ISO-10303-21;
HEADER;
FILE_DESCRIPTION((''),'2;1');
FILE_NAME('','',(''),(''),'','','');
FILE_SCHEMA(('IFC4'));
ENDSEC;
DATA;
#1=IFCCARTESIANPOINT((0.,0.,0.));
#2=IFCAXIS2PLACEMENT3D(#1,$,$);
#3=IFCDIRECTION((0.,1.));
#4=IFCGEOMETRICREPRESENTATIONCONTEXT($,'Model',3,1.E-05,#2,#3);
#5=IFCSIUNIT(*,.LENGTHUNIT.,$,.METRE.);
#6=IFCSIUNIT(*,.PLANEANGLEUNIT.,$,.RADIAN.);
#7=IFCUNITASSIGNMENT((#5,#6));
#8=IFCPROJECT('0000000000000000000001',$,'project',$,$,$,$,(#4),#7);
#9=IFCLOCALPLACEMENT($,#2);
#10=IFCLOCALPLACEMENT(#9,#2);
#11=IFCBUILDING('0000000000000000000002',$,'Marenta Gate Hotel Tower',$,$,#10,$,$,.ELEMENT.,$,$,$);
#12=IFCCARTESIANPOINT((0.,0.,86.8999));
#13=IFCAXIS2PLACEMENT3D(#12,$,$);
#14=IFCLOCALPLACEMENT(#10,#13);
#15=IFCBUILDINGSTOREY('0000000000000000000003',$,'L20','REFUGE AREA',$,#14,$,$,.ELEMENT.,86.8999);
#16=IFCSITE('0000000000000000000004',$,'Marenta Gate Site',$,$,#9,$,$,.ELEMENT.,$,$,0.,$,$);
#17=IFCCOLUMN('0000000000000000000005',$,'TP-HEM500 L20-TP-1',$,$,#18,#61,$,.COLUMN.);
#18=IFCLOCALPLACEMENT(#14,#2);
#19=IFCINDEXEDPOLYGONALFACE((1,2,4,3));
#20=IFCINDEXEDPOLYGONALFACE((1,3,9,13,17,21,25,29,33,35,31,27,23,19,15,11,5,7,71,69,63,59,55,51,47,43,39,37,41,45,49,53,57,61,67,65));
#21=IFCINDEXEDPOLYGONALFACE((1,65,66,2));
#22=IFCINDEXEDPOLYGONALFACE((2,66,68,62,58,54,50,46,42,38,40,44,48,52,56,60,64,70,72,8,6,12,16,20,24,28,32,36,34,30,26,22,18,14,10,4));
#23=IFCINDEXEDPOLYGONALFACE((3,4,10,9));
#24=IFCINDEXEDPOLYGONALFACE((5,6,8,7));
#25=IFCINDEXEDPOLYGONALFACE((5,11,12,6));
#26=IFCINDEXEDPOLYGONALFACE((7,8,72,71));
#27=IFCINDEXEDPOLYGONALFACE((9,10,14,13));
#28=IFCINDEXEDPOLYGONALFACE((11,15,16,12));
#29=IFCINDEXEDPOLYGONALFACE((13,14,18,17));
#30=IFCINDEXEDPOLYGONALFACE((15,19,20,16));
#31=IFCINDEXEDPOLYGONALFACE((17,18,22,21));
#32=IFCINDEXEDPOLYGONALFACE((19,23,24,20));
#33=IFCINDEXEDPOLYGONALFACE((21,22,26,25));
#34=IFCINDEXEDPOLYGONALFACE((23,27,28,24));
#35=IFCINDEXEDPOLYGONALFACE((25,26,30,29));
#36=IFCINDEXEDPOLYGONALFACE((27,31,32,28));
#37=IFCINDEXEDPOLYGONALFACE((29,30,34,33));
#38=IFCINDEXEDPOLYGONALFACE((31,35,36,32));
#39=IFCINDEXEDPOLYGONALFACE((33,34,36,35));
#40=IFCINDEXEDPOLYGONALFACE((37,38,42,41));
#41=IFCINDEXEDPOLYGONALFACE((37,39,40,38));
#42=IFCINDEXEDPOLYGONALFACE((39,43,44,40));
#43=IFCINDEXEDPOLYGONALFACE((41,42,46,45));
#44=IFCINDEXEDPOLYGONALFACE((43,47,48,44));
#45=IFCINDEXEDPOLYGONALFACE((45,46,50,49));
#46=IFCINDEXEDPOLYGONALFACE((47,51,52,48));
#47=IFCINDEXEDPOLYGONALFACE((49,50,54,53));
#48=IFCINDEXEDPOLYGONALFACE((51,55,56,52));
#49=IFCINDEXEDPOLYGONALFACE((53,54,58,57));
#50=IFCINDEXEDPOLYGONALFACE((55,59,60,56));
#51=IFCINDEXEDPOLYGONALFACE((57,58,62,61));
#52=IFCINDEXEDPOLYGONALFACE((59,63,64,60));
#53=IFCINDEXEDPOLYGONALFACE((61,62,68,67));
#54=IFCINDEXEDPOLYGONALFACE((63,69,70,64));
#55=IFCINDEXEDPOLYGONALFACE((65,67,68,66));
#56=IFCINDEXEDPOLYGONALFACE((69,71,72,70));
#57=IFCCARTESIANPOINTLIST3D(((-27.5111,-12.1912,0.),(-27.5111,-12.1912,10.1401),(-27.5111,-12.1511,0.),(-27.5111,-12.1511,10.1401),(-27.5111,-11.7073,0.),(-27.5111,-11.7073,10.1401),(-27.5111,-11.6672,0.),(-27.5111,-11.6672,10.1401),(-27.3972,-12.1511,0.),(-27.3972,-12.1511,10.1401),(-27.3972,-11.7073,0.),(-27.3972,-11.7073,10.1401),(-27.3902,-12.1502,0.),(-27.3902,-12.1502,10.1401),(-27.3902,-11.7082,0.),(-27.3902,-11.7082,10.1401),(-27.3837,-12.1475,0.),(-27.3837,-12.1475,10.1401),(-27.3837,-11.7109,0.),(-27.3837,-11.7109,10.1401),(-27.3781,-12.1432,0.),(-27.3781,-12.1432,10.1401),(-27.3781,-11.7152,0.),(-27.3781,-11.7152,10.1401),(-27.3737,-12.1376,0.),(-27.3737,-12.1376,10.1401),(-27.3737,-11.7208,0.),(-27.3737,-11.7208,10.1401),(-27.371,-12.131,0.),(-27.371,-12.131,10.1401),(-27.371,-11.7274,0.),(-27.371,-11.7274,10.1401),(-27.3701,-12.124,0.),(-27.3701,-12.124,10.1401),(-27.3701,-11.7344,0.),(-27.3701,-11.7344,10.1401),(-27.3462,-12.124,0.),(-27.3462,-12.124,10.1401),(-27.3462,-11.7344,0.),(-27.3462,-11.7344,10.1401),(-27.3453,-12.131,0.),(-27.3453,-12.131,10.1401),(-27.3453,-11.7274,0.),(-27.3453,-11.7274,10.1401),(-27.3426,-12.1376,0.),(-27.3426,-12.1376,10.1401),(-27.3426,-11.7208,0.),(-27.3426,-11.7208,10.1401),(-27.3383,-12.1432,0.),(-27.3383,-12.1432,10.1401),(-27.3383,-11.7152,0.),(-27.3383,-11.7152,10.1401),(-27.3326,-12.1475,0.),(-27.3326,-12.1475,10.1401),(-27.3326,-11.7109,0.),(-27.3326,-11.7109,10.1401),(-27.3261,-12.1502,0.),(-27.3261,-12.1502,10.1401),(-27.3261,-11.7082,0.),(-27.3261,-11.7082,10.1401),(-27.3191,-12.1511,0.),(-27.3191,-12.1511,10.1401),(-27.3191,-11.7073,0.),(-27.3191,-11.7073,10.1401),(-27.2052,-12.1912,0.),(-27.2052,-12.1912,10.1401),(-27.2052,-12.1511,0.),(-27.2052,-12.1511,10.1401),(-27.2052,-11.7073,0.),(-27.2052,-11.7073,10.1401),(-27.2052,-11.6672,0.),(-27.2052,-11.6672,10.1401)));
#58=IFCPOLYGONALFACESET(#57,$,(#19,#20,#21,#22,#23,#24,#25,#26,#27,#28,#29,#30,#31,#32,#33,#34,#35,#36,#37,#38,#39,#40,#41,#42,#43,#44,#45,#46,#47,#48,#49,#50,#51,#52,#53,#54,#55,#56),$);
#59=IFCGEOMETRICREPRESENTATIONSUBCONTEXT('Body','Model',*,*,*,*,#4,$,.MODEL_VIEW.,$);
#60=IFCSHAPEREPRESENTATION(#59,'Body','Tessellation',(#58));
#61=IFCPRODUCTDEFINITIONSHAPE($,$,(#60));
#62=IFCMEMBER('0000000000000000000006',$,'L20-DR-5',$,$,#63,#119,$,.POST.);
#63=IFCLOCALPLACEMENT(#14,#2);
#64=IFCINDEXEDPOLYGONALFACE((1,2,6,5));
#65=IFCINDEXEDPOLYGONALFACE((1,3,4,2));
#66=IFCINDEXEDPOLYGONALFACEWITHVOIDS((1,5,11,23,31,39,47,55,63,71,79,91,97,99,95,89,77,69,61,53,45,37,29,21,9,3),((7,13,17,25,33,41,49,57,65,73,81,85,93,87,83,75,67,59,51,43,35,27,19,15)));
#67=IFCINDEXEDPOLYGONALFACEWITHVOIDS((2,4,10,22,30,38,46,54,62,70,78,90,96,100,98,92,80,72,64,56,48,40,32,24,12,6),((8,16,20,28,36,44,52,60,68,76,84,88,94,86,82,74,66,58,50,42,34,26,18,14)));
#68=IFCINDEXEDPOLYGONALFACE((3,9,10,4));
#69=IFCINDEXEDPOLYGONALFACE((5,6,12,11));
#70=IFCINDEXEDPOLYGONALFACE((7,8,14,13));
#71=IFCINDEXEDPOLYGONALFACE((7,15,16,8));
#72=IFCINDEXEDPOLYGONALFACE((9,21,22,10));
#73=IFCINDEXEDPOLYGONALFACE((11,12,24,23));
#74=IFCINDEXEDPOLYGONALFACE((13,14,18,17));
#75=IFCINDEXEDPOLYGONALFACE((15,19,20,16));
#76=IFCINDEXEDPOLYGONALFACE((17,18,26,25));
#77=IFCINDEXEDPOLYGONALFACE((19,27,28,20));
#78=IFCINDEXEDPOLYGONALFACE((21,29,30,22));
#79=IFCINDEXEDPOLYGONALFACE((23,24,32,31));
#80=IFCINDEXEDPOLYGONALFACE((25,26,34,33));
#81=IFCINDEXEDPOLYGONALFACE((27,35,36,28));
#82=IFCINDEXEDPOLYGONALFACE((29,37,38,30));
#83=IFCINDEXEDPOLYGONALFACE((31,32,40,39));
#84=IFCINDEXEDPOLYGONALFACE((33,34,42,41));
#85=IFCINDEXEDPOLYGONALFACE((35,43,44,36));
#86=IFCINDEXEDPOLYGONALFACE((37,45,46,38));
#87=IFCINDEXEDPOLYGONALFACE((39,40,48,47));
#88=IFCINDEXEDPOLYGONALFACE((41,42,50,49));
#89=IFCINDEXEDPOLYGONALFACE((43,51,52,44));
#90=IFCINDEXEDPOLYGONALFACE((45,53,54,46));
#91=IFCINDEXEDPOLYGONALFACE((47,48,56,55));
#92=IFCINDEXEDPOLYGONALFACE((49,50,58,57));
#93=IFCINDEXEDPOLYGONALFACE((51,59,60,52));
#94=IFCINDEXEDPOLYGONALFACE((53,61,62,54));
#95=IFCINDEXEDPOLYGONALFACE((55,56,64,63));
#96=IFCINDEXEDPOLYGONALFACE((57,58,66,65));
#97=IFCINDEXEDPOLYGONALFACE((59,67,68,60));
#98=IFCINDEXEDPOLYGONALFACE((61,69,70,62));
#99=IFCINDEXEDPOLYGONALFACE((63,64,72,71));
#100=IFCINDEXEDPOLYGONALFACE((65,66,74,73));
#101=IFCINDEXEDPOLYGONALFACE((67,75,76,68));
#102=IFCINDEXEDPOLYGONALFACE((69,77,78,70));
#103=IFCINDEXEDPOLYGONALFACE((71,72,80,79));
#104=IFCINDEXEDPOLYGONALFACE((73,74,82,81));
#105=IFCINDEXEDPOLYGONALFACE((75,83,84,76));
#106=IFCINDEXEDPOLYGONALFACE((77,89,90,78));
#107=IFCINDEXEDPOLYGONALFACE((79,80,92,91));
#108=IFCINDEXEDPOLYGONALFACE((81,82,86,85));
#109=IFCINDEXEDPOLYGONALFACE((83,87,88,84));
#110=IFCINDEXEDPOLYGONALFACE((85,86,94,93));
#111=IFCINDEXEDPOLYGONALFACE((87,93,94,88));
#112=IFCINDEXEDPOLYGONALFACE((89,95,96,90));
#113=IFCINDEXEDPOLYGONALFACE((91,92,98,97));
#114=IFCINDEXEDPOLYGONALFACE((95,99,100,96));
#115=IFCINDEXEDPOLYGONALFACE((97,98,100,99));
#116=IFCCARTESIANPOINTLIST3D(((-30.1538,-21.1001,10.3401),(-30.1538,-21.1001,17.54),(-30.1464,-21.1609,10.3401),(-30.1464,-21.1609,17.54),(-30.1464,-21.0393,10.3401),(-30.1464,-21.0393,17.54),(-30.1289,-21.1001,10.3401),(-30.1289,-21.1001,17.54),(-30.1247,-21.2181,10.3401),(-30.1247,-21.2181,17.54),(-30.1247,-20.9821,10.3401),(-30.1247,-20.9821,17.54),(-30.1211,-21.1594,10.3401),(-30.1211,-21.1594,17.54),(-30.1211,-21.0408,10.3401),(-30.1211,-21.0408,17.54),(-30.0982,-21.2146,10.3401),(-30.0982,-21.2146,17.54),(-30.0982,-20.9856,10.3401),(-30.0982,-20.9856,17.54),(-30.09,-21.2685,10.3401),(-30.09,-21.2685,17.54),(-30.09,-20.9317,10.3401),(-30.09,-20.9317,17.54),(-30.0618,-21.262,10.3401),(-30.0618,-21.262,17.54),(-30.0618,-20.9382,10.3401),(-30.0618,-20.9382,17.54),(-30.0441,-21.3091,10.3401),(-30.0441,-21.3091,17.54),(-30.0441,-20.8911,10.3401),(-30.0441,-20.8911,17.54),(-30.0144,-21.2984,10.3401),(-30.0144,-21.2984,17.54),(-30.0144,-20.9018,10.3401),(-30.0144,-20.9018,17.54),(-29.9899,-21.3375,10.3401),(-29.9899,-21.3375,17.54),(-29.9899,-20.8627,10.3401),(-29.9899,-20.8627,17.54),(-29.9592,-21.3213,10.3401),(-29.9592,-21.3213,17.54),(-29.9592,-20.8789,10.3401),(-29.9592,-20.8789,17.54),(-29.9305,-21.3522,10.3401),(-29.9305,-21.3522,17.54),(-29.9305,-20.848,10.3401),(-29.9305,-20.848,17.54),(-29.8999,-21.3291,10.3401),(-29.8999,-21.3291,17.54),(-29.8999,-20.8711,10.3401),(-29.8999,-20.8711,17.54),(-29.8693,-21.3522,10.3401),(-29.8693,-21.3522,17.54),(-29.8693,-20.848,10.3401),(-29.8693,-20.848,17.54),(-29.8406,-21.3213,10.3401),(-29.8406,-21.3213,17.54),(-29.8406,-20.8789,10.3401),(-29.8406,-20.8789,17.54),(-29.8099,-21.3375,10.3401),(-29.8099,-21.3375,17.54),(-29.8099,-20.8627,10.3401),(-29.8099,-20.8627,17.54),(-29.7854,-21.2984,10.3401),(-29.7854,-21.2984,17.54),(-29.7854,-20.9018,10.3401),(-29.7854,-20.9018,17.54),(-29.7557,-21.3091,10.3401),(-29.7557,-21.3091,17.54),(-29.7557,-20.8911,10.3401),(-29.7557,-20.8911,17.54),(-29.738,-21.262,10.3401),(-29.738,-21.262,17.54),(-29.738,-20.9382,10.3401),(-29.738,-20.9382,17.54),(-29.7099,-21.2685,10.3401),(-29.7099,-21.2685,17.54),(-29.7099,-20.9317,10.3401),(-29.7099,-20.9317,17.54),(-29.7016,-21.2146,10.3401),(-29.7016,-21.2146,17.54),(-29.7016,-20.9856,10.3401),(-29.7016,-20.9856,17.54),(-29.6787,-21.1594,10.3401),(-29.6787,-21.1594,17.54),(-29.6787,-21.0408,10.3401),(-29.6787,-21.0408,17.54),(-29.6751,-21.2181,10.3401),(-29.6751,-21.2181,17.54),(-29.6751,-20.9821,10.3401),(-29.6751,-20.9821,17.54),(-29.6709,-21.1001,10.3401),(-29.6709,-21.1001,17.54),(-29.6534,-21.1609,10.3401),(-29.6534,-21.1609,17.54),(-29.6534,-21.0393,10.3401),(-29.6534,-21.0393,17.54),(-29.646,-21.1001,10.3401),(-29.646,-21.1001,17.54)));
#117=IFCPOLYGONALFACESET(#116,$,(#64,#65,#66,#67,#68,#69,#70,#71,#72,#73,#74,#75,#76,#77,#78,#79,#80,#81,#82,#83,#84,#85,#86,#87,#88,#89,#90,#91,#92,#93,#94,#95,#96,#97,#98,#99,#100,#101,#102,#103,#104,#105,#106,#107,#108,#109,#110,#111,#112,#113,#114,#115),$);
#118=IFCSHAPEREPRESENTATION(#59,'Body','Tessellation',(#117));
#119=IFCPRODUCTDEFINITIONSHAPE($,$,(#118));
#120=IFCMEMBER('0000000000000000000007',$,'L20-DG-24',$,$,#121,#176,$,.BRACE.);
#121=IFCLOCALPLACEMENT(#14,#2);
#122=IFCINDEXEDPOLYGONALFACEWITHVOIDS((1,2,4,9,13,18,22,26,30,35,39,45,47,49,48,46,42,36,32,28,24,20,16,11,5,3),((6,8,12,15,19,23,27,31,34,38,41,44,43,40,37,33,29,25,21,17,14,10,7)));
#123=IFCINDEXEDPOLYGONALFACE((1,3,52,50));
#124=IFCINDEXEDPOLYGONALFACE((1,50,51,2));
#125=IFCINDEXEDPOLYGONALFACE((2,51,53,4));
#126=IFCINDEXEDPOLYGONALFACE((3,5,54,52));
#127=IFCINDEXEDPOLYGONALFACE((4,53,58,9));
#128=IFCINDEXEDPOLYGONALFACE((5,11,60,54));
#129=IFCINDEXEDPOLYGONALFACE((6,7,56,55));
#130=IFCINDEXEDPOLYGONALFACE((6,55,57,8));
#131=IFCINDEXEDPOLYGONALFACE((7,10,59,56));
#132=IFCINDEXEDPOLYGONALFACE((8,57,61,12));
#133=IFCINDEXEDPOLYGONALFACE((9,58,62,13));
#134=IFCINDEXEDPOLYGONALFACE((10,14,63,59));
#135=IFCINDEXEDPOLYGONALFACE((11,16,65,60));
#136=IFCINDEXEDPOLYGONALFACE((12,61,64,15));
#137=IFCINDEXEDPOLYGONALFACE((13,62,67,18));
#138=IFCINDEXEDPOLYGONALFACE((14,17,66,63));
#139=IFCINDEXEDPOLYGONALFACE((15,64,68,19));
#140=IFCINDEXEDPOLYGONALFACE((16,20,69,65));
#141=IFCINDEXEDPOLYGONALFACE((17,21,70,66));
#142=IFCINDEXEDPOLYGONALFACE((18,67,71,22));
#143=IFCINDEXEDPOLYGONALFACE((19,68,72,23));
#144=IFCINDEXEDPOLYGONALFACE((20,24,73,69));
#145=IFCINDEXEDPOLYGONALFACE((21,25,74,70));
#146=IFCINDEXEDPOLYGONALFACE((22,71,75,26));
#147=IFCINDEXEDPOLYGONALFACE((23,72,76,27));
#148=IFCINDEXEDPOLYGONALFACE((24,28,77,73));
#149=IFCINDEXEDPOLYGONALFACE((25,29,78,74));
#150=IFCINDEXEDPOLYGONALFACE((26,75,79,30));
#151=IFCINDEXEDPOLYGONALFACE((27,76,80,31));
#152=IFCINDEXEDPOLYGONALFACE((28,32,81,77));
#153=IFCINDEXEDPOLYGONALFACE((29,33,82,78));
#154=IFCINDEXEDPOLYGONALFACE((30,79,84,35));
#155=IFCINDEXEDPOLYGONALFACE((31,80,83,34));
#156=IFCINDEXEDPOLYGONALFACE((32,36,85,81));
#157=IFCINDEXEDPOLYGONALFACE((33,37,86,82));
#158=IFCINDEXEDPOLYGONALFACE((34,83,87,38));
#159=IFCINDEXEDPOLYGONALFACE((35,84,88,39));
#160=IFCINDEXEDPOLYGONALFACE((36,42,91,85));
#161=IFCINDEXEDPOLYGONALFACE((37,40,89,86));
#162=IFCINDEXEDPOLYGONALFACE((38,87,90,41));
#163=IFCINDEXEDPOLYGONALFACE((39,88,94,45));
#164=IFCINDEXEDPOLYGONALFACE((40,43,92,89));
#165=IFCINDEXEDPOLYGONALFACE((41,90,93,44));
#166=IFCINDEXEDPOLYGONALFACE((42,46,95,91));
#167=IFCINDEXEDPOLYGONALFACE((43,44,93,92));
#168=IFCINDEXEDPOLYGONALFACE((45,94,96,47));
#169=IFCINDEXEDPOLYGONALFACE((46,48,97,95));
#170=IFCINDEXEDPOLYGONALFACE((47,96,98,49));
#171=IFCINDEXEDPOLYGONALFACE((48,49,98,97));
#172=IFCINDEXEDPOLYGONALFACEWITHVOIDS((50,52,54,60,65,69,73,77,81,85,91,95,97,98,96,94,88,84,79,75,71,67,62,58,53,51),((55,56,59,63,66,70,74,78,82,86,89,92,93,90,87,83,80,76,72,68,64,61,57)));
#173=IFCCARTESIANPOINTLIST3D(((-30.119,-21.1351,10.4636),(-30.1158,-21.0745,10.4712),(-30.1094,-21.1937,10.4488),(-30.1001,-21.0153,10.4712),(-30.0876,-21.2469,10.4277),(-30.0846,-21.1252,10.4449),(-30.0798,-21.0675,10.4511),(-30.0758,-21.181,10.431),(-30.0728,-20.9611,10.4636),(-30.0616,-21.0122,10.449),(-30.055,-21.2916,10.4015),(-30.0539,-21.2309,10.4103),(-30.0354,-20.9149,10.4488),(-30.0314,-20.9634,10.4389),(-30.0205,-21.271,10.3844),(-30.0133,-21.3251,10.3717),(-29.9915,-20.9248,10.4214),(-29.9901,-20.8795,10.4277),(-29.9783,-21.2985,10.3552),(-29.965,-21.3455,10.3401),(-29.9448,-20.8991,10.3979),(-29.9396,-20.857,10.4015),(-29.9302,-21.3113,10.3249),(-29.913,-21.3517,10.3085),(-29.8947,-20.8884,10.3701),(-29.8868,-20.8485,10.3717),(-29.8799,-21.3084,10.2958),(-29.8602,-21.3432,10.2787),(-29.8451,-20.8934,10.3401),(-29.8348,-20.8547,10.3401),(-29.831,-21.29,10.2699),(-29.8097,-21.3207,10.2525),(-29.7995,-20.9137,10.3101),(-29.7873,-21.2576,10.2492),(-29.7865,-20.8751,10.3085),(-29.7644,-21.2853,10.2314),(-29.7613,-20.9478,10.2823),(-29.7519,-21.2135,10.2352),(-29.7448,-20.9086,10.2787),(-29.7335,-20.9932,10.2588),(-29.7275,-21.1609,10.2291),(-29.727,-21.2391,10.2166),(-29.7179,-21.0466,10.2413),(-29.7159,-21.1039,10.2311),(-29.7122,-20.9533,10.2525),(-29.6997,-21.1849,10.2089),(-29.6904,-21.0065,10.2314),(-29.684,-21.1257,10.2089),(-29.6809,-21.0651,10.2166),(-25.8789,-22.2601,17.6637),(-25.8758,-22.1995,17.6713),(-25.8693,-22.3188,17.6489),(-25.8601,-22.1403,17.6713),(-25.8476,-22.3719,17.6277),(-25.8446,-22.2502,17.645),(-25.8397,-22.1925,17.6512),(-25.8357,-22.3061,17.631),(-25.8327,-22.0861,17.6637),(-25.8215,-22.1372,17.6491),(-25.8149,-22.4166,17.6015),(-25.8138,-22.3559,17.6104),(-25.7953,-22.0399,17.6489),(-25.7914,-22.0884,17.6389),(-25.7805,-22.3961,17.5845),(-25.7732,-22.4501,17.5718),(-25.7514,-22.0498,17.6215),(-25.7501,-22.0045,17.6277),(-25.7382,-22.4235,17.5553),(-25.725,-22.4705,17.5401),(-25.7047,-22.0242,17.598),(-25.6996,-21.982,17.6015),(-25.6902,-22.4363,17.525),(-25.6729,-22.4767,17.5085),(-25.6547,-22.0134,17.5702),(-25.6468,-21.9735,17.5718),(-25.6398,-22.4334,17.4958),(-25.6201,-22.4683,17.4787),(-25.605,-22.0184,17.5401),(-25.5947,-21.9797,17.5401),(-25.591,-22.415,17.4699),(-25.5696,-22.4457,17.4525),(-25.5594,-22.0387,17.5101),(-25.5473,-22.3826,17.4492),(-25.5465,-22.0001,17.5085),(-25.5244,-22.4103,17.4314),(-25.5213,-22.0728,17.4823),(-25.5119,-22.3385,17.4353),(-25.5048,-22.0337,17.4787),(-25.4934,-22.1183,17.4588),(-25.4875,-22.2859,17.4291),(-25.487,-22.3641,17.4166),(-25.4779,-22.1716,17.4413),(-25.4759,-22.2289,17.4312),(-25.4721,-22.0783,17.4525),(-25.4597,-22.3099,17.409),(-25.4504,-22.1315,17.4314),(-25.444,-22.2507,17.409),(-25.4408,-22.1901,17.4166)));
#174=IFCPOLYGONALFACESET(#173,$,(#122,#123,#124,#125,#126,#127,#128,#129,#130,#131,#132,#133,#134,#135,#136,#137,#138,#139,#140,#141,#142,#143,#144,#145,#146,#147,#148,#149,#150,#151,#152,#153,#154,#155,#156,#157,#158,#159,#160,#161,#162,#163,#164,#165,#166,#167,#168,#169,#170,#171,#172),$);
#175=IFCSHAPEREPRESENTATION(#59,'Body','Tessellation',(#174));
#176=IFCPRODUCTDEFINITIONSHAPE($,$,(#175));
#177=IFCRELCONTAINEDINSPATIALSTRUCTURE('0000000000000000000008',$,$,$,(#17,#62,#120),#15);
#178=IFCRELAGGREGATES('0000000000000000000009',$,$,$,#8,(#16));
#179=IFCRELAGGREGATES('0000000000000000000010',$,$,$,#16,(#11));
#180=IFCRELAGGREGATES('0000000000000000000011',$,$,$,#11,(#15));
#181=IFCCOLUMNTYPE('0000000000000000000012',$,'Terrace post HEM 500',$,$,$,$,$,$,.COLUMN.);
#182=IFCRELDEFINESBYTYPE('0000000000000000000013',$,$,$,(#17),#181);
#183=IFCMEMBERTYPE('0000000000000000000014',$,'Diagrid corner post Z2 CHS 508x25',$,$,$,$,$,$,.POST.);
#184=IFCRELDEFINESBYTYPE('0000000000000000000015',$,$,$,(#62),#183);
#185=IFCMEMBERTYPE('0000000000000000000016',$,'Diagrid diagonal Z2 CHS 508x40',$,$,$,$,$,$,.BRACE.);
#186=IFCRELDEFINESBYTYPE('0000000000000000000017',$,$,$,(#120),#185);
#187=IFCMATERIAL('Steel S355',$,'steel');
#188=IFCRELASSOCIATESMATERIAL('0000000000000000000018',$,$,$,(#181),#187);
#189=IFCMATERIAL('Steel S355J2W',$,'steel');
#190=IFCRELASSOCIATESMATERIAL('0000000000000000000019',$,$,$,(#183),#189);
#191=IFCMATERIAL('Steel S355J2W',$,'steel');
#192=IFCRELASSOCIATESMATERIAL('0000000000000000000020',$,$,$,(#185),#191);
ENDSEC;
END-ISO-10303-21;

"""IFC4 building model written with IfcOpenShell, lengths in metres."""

from ifc_helpers import new_model, si_unit, direction, frame, origin, origin_2d, place, context, subcontext, project, spatial, hollow_circle, i_section, extrude, material, material_profile, profile_set, type_object, element, save


model = new_model("IFC4")

# Units and contexts
model_context = context("Model", 3, precision=1e-05, world=origin(), true_north=direction((0.0, 1.0)))
body_context = subcontext(model_context, "Body", "Model", "MODEL_VIEW")
ifc_project = project(units=[si_unit("LENGTHUNIT", "METRE"), si_unit("PLANEANGLEUNIT", "RADIAN")], contexts=[model_context])

# Site, building, storey
site_placement = place(None, origin())
site = spatial("IfcSite", under=ifc_project, at=site_placement, Name="Marenta Gate Site", CompositionType="ELEMENT", RefElevation=0.0)
building_placement = place(site_placement, origin())
building = spatial("IfcBuilding", under=site, at=building_placement, Name="Marenta Gate Hotel Tower", CompositionType="ELEMENT")
storey_placement = place(building_placement, frame((0.0, 0.0, 86.8999)))
storey = spatial("IfcBuildingStorey", under=building, at=storey_placement, Name="L20", Description="REFUGE AREA", CompositionType="ELEMENT", Elevation=86.8999)

# Column
ifc_material_1 = material(Name="Steel S355", Category="steel")
ifc_material_profile_1 = material_profile(ifc_material_1, i_section(OverallWidth=0.3059, OverallDepth=0.5239, WebThickness=0.0239, FlangeThickness=0.04, FilletRadius=0.0271, at=origin_2d()), Name="HEM 500")
ifc_profile_set_1 = profile_set([ifc_material_profile_1], Name="Steel S355")
column_type = type_object("IfcColumnType", Name="Terrace post HEM 500", PredefinedType="COLUMN", material=ifc_profile_set_1)
column_placement = place(storey_placement, frame((-27.3582, -11.9292, 0.0), z_axis=(0.0, 0.0, 1.0), x_axis=(1.0, 0.0, 0.0)))
element("IfcColumn", 1, at=column_placement, inside=storey, type_object=column_type, Name="TP-HEM500 L20-TP-1", PredefinedType="COLUMN", context=body_context, shape_type="SweptSolid", body=[
    extrude(i_section(OverallWidth=0.3059, OverallDepth=0.5239, WebThickness=0.0239, FlangeThickness=0.04, FilletRadius=0.0271, at=origin_2d()), origin(), (0.0, 0.0, 1.0), 10.1401),
])

# Members
ifc_material_2 = material(Name="Steel S355J2W", Category="steel")
ifc_material_profile_2 = material_profile(ifc_material_2, hollow_circle(Radius=0.2539, WallThickness=0.0249, at=origin_2d()), Name="CHS 508x25")
ifc_profile_set_2 = profile_set([ifc_material_profile_2], Name="Steel S355J2W")
member_type_1 = type_object("IfcMemberType", Name="Diagrid corner post Z2 CHS 508x25", PredefinedType="POST", material=ifc_profile_set_2)
member_1_placement = place(storey_placement, frame((-29.8999, -21.1001, 10.3401), z_axis=(0.0, 0.0, 1.0), x_axis=(1.0, 0.0, 0.0)))
element("IfcMember", 2, at=member_1_placement, inside=storey, type_object=member_type_1, Name="L20-DR-5", PredefinedType="POST", context=body_context, shape_type="SweptSolid", body=[
    extrude(hollow_circle(Radius=0.2539, WallThickness=0.0249, at=origin_2d()), origin(), (0.0, 0.0, 1.0), 7.2),
])
ifc_material_3 = material(Name="Steel S355J2W", Category="steel")
ifc_material_profile_3 = material_profile(ifc_material_3, hollow_circle(Radius=0.2539, WallThickness=0.04, at=origin_2d()), Name="CHS 508x40")
ifc_profile_set_3 = profile_set([ifc_material_profile_3], Name="Steel S355J2W")
member_type_2 = type_object("IfcMemberType", Name="Diagrid diagonal Z2 CHS 508x40", PredefinedType="BRACE", material=ifc_profile_set_3)
member_2_placement = place(storey_placement, frame((-29.8999, -21.1001, 10.3401), z_axis=(0.502902, -0.133435, 0.853981), x_axis=(0.256457, 0.966556, 0.0)))
element("IfcMember", 3, at=member_2_placement, inside=storey, type_object=member_type_2, Name="L20-DG-24", PredefinedType="BRACE", context=body_context, shape_type="SweptSolid", body=[
    extrude(hollow_circle(Radius=0.2539, WallThickness=0.04, at=origin_2d()), origin(), (0.0, 0.0, 1.0), 8.4312),
])

save(model, "model.ifc")
